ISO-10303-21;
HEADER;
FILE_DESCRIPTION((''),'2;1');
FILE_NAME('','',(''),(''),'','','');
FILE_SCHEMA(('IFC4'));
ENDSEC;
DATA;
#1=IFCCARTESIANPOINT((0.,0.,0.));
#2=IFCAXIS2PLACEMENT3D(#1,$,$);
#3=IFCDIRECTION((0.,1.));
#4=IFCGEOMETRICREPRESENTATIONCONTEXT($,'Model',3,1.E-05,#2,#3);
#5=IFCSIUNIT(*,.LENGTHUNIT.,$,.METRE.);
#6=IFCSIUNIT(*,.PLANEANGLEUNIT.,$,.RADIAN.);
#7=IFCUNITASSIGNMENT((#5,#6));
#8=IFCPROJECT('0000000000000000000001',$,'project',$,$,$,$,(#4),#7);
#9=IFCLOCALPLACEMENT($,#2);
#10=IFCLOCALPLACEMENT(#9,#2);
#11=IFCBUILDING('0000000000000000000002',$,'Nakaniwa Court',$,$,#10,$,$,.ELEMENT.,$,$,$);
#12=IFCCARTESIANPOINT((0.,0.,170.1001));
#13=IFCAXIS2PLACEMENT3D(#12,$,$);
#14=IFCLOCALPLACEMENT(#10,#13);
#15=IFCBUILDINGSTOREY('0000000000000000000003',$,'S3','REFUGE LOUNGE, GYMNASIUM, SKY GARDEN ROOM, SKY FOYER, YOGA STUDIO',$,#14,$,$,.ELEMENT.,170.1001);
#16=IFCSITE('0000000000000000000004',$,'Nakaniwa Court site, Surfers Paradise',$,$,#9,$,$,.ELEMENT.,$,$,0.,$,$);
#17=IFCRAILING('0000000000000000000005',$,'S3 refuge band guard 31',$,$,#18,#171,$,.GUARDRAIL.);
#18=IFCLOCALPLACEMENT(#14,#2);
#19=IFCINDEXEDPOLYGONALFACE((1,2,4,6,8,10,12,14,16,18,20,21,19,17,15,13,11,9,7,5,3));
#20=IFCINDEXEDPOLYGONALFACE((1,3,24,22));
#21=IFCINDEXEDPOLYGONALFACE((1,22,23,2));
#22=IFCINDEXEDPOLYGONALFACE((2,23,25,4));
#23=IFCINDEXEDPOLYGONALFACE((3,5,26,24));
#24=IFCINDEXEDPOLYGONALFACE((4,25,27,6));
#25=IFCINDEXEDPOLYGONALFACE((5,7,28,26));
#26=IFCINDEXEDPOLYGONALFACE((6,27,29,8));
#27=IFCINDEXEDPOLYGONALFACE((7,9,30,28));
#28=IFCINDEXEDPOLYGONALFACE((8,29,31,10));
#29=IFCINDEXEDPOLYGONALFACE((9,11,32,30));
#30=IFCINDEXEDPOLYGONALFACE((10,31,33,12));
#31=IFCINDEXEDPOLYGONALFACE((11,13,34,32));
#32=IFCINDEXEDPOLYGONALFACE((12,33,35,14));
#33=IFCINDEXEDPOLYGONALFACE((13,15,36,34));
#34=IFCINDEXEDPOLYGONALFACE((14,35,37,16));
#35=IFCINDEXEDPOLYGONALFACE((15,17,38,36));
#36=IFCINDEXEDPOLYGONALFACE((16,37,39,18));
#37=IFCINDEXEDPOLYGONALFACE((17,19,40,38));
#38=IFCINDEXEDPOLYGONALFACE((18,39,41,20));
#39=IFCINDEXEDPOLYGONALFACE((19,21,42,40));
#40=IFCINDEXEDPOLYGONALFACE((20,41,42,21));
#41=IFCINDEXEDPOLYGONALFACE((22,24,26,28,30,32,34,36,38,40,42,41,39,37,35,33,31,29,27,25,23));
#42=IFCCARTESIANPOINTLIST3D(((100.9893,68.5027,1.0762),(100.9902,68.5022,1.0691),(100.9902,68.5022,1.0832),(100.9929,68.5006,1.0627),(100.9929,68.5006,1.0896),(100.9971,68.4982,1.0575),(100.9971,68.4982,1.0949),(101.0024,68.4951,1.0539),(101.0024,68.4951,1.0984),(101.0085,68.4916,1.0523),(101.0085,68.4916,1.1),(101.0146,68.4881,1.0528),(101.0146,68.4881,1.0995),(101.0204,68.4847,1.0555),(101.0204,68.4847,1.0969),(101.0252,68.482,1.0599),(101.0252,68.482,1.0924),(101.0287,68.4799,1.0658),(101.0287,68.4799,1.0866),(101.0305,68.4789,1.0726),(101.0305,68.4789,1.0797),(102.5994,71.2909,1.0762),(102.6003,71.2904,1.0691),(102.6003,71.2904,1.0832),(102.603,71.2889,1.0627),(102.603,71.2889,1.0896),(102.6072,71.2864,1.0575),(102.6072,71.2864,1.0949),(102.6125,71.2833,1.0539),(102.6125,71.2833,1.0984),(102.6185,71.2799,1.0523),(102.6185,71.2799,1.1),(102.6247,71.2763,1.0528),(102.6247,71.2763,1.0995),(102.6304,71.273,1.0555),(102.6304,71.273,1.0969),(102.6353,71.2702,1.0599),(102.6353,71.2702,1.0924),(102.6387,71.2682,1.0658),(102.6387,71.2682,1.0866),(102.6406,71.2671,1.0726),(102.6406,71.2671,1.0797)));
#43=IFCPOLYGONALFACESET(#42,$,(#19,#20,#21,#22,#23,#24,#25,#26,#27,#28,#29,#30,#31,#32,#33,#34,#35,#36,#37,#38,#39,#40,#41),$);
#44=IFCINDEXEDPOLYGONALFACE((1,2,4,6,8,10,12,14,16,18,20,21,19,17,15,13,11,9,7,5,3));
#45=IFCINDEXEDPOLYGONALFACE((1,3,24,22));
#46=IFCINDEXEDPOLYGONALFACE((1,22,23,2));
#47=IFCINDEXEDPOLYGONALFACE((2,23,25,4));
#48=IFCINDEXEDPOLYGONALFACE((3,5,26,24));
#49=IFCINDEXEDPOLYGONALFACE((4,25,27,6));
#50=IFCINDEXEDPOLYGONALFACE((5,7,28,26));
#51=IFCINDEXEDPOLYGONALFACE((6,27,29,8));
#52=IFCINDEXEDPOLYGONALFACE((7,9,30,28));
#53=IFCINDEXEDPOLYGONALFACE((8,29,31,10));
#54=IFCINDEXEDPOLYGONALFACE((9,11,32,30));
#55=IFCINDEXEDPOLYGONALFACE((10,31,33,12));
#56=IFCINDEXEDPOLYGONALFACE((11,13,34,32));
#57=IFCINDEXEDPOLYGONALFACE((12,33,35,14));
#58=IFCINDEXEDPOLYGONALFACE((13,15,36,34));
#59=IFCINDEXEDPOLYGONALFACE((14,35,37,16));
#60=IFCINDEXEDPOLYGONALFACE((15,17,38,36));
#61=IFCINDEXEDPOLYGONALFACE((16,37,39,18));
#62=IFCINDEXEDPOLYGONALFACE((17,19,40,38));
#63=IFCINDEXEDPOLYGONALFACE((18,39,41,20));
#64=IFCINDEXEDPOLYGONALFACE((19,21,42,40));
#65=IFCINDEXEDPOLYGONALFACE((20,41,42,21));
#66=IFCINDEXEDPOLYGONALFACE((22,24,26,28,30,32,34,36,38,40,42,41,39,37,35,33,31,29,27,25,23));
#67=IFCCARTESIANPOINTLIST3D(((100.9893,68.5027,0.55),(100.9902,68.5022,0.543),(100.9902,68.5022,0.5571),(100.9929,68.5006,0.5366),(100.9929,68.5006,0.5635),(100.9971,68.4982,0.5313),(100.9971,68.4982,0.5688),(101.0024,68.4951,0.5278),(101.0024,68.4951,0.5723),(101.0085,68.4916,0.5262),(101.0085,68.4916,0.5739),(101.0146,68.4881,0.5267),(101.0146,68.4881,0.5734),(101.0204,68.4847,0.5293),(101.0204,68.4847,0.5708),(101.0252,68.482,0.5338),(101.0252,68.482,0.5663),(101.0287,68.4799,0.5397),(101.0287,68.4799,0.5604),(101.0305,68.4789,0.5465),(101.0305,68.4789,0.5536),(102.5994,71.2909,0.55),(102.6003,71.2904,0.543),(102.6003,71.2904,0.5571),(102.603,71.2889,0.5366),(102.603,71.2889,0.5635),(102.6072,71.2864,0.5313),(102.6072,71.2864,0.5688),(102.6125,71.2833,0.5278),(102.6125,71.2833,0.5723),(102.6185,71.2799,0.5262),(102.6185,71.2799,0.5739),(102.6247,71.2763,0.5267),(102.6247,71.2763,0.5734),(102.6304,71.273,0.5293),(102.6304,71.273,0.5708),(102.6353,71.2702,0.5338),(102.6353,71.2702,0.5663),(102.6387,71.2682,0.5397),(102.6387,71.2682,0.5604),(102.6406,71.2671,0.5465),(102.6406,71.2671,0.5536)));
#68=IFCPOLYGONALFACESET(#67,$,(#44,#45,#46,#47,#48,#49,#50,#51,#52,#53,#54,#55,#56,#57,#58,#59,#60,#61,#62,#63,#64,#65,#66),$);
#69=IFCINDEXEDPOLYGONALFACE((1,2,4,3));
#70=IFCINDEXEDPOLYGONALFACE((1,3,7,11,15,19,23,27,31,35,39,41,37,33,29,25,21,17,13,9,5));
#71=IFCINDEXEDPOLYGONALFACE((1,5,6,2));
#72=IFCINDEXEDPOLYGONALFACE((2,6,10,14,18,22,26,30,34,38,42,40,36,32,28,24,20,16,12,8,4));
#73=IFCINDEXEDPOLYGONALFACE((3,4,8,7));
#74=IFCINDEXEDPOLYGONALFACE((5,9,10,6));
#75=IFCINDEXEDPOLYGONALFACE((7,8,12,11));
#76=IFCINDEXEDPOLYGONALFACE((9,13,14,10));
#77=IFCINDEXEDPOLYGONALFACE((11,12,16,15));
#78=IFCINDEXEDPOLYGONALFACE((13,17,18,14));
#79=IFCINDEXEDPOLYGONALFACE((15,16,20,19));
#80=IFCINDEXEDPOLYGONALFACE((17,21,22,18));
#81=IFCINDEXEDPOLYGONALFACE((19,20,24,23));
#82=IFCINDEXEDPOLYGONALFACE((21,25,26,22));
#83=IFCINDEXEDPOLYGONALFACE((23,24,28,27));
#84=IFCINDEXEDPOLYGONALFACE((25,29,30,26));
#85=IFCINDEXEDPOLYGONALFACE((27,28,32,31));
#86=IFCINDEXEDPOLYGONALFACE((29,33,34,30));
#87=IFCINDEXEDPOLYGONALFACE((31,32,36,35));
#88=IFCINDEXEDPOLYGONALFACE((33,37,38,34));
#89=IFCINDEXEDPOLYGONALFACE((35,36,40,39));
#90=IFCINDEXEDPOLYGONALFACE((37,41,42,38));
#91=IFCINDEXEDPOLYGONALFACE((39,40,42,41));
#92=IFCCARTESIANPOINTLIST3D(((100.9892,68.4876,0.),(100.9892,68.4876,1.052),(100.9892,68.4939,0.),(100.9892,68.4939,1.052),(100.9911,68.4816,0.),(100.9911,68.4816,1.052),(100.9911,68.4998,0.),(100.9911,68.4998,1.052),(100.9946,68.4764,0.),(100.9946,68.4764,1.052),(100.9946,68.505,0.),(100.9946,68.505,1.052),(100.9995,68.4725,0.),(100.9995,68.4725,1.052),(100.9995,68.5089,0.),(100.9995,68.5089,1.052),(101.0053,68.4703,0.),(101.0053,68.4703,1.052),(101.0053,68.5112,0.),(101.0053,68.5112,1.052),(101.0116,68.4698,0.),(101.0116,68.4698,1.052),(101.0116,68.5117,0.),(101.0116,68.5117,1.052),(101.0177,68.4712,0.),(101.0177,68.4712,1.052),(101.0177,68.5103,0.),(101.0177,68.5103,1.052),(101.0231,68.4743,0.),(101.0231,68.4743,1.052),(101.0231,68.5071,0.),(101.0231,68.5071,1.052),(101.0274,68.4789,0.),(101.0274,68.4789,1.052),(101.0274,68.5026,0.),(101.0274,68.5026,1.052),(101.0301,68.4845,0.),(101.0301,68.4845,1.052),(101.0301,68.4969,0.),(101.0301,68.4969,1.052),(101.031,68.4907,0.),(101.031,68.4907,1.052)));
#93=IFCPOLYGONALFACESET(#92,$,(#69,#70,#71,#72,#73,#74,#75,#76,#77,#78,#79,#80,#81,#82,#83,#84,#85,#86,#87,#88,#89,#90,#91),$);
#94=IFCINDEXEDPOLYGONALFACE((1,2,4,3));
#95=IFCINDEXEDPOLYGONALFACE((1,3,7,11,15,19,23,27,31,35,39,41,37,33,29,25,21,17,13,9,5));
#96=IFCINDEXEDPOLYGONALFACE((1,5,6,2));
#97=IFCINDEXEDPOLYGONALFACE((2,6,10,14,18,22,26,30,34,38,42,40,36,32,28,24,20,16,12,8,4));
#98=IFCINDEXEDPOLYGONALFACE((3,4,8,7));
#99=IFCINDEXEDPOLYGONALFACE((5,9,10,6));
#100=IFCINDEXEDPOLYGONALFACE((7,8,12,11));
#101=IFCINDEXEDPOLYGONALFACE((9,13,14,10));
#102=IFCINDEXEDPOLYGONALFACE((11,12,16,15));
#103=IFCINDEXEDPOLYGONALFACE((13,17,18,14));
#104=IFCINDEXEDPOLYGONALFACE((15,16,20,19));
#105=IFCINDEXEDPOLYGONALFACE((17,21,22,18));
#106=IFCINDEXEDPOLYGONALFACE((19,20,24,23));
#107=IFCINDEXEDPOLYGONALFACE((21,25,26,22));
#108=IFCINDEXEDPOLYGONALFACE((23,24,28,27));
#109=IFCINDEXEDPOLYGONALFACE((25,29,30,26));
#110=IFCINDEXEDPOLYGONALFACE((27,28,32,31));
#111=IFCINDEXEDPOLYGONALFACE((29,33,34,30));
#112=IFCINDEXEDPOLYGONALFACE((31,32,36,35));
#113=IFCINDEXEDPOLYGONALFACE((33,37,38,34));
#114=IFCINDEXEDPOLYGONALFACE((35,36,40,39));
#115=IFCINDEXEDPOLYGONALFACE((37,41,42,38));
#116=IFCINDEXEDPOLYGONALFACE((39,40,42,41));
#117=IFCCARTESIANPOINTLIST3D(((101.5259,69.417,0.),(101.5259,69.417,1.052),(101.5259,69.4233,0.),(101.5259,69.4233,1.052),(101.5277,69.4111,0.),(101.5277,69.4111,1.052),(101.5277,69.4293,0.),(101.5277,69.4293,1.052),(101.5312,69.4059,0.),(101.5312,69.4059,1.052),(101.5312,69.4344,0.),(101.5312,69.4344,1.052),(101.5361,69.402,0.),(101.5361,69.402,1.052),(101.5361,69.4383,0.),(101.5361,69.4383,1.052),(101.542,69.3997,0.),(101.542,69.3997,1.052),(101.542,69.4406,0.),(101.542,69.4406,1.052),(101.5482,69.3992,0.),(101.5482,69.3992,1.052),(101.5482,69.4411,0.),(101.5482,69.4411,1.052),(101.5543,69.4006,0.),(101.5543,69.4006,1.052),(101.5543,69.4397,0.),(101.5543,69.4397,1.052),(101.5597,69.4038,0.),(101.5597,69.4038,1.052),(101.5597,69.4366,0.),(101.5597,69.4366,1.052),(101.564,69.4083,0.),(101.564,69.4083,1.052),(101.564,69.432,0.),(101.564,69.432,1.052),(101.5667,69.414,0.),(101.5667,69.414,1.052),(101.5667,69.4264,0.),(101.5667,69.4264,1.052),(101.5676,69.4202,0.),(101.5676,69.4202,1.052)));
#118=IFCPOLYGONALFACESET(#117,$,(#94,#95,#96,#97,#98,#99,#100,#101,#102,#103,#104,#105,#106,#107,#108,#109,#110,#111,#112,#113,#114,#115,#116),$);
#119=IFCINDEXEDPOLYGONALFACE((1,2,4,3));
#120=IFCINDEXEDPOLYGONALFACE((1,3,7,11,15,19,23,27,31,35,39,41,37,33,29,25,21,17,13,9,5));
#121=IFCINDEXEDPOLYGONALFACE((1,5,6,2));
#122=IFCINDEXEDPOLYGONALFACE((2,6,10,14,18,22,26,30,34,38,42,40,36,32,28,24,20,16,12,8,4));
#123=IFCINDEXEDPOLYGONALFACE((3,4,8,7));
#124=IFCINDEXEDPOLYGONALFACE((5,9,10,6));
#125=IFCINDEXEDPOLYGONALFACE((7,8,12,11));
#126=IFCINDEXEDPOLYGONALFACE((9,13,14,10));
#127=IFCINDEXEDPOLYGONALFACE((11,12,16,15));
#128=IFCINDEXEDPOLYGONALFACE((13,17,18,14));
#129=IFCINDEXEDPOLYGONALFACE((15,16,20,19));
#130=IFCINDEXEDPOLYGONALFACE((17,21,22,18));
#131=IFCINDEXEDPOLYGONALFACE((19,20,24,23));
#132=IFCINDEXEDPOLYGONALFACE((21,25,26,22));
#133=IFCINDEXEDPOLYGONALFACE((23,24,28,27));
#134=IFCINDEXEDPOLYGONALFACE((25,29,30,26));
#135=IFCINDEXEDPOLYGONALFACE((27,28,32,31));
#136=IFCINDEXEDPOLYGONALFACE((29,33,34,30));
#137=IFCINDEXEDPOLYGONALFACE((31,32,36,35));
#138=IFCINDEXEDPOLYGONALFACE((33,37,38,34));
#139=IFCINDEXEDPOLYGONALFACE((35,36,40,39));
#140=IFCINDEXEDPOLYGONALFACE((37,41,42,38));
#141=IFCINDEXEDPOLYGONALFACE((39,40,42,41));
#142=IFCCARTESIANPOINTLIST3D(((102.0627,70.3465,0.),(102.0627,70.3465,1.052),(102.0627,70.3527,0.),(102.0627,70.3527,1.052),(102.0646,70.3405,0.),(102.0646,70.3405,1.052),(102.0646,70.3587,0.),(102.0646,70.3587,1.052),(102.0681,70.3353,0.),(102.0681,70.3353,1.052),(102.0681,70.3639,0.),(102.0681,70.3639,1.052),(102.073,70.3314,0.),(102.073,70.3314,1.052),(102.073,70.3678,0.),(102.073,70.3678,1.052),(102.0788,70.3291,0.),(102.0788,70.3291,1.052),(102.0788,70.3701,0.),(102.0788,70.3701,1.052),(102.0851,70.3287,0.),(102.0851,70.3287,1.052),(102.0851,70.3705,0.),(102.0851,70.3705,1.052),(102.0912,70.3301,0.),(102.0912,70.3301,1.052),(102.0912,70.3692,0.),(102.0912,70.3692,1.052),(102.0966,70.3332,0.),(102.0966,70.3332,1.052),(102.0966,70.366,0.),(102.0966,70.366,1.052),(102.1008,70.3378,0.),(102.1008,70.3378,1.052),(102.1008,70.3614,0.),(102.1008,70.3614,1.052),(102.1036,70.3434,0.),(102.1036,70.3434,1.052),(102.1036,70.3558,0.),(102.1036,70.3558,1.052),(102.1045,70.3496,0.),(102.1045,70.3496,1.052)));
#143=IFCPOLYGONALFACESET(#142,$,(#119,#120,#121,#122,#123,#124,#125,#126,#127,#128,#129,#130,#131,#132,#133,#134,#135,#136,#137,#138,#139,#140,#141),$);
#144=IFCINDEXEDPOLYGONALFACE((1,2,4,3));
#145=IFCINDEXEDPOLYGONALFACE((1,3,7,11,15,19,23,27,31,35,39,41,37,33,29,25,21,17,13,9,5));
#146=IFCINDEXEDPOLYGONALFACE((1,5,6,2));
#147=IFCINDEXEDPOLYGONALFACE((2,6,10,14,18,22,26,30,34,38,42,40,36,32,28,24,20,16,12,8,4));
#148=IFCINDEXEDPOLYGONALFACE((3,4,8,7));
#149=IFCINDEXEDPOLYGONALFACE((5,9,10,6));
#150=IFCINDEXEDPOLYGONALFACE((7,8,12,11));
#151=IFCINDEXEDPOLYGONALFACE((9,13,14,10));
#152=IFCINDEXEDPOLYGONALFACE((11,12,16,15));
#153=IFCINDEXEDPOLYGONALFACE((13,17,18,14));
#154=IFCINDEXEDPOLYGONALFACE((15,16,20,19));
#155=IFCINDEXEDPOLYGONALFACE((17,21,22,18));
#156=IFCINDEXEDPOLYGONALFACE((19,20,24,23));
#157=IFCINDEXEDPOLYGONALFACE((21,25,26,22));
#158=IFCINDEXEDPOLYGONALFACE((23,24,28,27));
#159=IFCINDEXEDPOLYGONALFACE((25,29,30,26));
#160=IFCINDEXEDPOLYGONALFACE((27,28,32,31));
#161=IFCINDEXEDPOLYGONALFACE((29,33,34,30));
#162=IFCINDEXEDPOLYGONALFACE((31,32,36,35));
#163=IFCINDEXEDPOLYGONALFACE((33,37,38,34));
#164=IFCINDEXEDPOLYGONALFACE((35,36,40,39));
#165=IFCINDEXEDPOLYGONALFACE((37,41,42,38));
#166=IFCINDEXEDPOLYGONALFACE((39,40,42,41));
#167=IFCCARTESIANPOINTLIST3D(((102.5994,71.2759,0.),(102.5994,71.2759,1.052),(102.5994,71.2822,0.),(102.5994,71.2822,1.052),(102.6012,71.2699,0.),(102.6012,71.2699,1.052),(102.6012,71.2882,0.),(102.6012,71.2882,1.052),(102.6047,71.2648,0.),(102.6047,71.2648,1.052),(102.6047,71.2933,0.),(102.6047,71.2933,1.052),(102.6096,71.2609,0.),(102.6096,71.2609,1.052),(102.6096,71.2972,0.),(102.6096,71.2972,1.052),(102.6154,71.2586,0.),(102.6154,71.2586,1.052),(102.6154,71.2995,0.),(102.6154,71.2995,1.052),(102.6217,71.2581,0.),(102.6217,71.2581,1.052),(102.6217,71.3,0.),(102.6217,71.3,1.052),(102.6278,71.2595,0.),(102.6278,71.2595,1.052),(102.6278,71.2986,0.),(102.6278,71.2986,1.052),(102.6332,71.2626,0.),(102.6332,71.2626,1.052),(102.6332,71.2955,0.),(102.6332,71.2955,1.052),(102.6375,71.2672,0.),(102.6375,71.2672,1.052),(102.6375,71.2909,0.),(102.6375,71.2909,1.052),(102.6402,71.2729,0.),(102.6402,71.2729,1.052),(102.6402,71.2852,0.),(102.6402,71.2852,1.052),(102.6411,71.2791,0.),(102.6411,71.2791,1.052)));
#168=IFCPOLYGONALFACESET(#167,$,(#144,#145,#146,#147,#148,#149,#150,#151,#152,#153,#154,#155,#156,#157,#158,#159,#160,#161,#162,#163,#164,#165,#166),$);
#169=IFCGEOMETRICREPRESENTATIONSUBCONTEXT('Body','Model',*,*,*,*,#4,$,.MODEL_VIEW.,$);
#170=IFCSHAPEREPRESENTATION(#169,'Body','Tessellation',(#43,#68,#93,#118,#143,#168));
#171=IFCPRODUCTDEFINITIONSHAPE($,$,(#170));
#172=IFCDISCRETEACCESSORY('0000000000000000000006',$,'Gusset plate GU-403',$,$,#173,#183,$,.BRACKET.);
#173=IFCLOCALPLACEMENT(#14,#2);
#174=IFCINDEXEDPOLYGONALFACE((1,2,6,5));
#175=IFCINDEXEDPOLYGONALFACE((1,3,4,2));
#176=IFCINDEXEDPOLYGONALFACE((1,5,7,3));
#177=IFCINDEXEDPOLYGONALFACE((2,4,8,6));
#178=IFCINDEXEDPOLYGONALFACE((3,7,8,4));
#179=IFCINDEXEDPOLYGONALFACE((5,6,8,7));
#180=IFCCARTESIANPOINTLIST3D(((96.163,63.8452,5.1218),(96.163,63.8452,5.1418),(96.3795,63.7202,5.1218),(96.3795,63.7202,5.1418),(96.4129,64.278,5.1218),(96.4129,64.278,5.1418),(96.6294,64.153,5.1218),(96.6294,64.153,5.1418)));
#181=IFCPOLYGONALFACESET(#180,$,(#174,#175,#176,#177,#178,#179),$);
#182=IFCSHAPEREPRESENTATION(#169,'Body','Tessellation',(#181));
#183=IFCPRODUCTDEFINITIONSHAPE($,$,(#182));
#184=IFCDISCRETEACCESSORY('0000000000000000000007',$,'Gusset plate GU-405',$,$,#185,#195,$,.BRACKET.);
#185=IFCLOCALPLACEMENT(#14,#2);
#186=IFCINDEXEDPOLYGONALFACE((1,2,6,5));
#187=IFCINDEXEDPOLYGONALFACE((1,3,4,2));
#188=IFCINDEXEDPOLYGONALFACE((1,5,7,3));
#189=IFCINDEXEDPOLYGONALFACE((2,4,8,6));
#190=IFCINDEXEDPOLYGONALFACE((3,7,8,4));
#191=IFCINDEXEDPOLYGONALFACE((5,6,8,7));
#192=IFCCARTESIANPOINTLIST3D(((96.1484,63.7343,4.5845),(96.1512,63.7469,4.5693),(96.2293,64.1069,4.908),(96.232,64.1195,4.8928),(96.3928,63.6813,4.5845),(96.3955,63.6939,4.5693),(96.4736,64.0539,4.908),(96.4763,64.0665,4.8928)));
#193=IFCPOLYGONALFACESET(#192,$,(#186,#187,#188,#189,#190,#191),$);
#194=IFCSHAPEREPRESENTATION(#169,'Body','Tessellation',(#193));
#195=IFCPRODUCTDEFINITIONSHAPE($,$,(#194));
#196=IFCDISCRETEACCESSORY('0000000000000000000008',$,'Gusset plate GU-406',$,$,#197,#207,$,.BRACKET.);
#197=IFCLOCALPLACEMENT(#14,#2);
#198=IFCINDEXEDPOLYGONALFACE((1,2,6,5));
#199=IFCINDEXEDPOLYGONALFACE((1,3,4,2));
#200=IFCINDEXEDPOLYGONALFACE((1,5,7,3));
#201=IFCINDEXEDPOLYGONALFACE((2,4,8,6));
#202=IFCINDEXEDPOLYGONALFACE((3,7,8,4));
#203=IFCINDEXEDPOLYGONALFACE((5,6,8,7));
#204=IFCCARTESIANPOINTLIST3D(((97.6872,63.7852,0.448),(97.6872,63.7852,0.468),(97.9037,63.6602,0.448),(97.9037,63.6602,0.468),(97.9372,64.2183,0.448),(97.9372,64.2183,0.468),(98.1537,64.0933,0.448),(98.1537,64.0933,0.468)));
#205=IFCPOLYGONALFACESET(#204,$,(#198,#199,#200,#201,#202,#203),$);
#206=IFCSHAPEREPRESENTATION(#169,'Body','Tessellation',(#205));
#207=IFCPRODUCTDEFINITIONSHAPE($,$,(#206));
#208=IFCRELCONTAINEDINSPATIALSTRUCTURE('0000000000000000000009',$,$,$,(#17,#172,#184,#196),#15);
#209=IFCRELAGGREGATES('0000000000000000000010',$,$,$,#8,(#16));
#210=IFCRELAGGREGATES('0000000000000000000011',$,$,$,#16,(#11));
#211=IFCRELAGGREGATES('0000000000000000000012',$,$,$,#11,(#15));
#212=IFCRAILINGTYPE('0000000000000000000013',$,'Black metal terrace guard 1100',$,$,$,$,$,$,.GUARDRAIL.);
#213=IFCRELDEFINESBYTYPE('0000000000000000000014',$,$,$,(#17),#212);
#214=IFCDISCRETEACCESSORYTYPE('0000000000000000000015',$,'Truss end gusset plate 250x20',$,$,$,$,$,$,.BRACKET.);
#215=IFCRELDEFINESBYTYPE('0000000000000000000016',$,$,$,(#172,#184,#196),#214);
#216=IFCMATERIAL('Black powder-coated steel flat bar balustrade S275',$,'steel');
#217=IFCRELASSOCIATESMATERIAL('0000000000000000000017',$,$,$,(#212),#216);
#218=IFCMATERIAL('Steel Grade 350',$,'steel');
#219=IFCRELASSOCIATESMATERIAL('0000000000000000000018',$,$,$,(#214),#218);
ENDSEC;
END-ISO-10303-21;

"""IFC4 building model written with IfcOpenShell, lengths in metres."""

from ifc_helpers import new_model, si_unit, direction, frame, origin, origin_2d, place, context, subcontext, project, spatial, rectangle, circle, extrude, material, material_profile, profile_set, type_object, element, save


model = new_model("IFC4")

# Units and contexts
model_context = context("Model", 3, precision=1e-05, world=origin(), true_north=direction((0.0, 1.0)))
body_context = subcontext(model_context, "Body", "Model", "MODEL_VIEW")
ifc_project = project(units=[si_unit("LENGTHUNIT", "METRE"), si_unit("PLANEANGLEUNIT", "RADIAN")], contexts=[model_context])

# Site, building, storey
site_placement = place(None, origin())
site = spatial("IfcSite", under=ifc_project, at=site_placement, Name="Nakaniwa Court site, Surfers Paradise", CompositionType="ELEMENT", RefElevation=0.0)
building_placement = place(site_placement, origin())
building = spatial("IfcBuilding", under=site, at=building_placement, Name="Nakaniwa Court", CompositionType="ELEMENT")
storey_placement = place(building_placement, frame((0.0, 0.0, 170.1001)))
storey = spatial("IfcBuildingStorey", under=building, at=storey_placement, Name="S3", Description="REFUGE LOUNGE, GYMNASIUM, SKY GARDEN ROOM, SKY FOYER, YOGA STUDIO", CompositionType="ELEMENT", Elevation=170.1001)

# Shared definitions
ifc_material_1 = material(Name="Steel Grade 350", Category="steel")

# Railing
ifc_material_2 = material(Name="Black powder-coated steel flat bar balustrade S275", Category="steel")
railing_type = type_object("IfcRailingType", Name="Black metal terrace guard 1100", PredefinedType="GUARDRAIL", material=ifc_material_2)
railing_1_placement = place(storey_placement, frame((101.01, 68.4907, 0.0)))
element("IfcRailing", 1, at=railing_1_placement, inside=storey, type_object=railing_type, Name="S3 refuge band guard 31", PredefinedType="GUARDRAIL", context=body_context, shape_type="SweptSolid", body=[
    extrude(circle(Radius=0.0239, at=origin_2d()), frame((0.0, 0.0, 1.0762), z_axis=(0.500062, 0.86599, 0.0), x_axis=(-0.86599, 0.500062, 0.0)), (0.0, 0.0, 1.0), 3.2197),
    extrude(circle(Radius=0.0239, at=origin_2d()), frame((0.0, 0.0, 0.55), z_axis=(0.500062, 0.86599, 0.0), x_axis=(-0.86599, 0.500062, 0.0)), (0.0, 0.0, 1.0), 3.2197),
    extrude(circle(Radius=0.021, at=origin_2d()), origin(), (0.0, 0.0, 1.0), 1.052),
    extrude(circle(Radius=0.021, at=origin_2d()), frame((0.5366, 0.9294, 0.0)), (0.0, 0.0, 1.0), 1.052),
    extrude(circle(Radius=0.021, at=origin_2d()), frame((1.0735, 1.8589, 0.0)), (0.0, 0.0, 1.0), 1.052),
    extrude(circle(Radius=0.021, at=origin_2d()), frame((1.6101, 2.7883, 0.0)), (0.0, 0.0, 1.0), 1.052),
])

# Discrete accessories
ifc_material_profile_1 = material_profile(ifc_material_1, rectangle(XDim=0.25, YDim=0.02, at=origin_2d()), Name="Truss end gusset plate 250x20")
ifc_profile_set_1 = profile_set([ifc_material_profile_1], Name="Steel Grade 350")
discrete_accessory_type = type_object("IfcDiscreteAccessoryType", Name="Truss end gusset plate 250x20", PredefinedType="BRACKET", material=ifc_profile_set_1)
discrete_accessory_1_placement = place(storey_placement, frame((96.2712, 63.7827, 5.1318), z_axis=(0.500131, 0.86595, 0.0), x_axis=(-0.86595, 0.500131, 0.0)))
element("IfcDiscreteAccessory", 2, at=discrete_accessory_1_placement, inside=storey, type_object=discrete_accessory_type, Name="Gusset plate GU-403", PredefinedType="BRACKET", context=body_context, shape_type="SweptSolid", body=[
    extrude(rectangle(XDim=0.25, YDim=0.02, at=origin_2d()), origin(), (0.0, 0.0, 1.0), 0.4998),
])
for number, where, z_axis, x_axis, name in (
    (3, (96.272, 63.7141, 4.5769), (0.16163, 0.745156, 0.647007), (-0.977275, 0.211978, 0.0), "Gusset plate GU-405"),
    (4, (98.0454, 64.1558, 0.458), (-0.49992, -0.866072, 0.0), (0.866072, -0.49992, 0.0), "Gusset plate GU-406"),
):
    element("IfcDiscreteAccessory", number, at=place(storey_placement, frame(where, z_axis=z_axis, x_axis=x_axis)), inside=storey, type_object=discrete_accessory_type, Name=name, PredefinedType="BRACKET", context=body_context, shape_type="SweptSolid", body=[
        extrude(rectangle(XDim=0.25, YDim=0.02, at=origin_2d()), origin(), (0.0, 0.0, 1.0), 0.5),
    ])

save(model, "model.ifc")
